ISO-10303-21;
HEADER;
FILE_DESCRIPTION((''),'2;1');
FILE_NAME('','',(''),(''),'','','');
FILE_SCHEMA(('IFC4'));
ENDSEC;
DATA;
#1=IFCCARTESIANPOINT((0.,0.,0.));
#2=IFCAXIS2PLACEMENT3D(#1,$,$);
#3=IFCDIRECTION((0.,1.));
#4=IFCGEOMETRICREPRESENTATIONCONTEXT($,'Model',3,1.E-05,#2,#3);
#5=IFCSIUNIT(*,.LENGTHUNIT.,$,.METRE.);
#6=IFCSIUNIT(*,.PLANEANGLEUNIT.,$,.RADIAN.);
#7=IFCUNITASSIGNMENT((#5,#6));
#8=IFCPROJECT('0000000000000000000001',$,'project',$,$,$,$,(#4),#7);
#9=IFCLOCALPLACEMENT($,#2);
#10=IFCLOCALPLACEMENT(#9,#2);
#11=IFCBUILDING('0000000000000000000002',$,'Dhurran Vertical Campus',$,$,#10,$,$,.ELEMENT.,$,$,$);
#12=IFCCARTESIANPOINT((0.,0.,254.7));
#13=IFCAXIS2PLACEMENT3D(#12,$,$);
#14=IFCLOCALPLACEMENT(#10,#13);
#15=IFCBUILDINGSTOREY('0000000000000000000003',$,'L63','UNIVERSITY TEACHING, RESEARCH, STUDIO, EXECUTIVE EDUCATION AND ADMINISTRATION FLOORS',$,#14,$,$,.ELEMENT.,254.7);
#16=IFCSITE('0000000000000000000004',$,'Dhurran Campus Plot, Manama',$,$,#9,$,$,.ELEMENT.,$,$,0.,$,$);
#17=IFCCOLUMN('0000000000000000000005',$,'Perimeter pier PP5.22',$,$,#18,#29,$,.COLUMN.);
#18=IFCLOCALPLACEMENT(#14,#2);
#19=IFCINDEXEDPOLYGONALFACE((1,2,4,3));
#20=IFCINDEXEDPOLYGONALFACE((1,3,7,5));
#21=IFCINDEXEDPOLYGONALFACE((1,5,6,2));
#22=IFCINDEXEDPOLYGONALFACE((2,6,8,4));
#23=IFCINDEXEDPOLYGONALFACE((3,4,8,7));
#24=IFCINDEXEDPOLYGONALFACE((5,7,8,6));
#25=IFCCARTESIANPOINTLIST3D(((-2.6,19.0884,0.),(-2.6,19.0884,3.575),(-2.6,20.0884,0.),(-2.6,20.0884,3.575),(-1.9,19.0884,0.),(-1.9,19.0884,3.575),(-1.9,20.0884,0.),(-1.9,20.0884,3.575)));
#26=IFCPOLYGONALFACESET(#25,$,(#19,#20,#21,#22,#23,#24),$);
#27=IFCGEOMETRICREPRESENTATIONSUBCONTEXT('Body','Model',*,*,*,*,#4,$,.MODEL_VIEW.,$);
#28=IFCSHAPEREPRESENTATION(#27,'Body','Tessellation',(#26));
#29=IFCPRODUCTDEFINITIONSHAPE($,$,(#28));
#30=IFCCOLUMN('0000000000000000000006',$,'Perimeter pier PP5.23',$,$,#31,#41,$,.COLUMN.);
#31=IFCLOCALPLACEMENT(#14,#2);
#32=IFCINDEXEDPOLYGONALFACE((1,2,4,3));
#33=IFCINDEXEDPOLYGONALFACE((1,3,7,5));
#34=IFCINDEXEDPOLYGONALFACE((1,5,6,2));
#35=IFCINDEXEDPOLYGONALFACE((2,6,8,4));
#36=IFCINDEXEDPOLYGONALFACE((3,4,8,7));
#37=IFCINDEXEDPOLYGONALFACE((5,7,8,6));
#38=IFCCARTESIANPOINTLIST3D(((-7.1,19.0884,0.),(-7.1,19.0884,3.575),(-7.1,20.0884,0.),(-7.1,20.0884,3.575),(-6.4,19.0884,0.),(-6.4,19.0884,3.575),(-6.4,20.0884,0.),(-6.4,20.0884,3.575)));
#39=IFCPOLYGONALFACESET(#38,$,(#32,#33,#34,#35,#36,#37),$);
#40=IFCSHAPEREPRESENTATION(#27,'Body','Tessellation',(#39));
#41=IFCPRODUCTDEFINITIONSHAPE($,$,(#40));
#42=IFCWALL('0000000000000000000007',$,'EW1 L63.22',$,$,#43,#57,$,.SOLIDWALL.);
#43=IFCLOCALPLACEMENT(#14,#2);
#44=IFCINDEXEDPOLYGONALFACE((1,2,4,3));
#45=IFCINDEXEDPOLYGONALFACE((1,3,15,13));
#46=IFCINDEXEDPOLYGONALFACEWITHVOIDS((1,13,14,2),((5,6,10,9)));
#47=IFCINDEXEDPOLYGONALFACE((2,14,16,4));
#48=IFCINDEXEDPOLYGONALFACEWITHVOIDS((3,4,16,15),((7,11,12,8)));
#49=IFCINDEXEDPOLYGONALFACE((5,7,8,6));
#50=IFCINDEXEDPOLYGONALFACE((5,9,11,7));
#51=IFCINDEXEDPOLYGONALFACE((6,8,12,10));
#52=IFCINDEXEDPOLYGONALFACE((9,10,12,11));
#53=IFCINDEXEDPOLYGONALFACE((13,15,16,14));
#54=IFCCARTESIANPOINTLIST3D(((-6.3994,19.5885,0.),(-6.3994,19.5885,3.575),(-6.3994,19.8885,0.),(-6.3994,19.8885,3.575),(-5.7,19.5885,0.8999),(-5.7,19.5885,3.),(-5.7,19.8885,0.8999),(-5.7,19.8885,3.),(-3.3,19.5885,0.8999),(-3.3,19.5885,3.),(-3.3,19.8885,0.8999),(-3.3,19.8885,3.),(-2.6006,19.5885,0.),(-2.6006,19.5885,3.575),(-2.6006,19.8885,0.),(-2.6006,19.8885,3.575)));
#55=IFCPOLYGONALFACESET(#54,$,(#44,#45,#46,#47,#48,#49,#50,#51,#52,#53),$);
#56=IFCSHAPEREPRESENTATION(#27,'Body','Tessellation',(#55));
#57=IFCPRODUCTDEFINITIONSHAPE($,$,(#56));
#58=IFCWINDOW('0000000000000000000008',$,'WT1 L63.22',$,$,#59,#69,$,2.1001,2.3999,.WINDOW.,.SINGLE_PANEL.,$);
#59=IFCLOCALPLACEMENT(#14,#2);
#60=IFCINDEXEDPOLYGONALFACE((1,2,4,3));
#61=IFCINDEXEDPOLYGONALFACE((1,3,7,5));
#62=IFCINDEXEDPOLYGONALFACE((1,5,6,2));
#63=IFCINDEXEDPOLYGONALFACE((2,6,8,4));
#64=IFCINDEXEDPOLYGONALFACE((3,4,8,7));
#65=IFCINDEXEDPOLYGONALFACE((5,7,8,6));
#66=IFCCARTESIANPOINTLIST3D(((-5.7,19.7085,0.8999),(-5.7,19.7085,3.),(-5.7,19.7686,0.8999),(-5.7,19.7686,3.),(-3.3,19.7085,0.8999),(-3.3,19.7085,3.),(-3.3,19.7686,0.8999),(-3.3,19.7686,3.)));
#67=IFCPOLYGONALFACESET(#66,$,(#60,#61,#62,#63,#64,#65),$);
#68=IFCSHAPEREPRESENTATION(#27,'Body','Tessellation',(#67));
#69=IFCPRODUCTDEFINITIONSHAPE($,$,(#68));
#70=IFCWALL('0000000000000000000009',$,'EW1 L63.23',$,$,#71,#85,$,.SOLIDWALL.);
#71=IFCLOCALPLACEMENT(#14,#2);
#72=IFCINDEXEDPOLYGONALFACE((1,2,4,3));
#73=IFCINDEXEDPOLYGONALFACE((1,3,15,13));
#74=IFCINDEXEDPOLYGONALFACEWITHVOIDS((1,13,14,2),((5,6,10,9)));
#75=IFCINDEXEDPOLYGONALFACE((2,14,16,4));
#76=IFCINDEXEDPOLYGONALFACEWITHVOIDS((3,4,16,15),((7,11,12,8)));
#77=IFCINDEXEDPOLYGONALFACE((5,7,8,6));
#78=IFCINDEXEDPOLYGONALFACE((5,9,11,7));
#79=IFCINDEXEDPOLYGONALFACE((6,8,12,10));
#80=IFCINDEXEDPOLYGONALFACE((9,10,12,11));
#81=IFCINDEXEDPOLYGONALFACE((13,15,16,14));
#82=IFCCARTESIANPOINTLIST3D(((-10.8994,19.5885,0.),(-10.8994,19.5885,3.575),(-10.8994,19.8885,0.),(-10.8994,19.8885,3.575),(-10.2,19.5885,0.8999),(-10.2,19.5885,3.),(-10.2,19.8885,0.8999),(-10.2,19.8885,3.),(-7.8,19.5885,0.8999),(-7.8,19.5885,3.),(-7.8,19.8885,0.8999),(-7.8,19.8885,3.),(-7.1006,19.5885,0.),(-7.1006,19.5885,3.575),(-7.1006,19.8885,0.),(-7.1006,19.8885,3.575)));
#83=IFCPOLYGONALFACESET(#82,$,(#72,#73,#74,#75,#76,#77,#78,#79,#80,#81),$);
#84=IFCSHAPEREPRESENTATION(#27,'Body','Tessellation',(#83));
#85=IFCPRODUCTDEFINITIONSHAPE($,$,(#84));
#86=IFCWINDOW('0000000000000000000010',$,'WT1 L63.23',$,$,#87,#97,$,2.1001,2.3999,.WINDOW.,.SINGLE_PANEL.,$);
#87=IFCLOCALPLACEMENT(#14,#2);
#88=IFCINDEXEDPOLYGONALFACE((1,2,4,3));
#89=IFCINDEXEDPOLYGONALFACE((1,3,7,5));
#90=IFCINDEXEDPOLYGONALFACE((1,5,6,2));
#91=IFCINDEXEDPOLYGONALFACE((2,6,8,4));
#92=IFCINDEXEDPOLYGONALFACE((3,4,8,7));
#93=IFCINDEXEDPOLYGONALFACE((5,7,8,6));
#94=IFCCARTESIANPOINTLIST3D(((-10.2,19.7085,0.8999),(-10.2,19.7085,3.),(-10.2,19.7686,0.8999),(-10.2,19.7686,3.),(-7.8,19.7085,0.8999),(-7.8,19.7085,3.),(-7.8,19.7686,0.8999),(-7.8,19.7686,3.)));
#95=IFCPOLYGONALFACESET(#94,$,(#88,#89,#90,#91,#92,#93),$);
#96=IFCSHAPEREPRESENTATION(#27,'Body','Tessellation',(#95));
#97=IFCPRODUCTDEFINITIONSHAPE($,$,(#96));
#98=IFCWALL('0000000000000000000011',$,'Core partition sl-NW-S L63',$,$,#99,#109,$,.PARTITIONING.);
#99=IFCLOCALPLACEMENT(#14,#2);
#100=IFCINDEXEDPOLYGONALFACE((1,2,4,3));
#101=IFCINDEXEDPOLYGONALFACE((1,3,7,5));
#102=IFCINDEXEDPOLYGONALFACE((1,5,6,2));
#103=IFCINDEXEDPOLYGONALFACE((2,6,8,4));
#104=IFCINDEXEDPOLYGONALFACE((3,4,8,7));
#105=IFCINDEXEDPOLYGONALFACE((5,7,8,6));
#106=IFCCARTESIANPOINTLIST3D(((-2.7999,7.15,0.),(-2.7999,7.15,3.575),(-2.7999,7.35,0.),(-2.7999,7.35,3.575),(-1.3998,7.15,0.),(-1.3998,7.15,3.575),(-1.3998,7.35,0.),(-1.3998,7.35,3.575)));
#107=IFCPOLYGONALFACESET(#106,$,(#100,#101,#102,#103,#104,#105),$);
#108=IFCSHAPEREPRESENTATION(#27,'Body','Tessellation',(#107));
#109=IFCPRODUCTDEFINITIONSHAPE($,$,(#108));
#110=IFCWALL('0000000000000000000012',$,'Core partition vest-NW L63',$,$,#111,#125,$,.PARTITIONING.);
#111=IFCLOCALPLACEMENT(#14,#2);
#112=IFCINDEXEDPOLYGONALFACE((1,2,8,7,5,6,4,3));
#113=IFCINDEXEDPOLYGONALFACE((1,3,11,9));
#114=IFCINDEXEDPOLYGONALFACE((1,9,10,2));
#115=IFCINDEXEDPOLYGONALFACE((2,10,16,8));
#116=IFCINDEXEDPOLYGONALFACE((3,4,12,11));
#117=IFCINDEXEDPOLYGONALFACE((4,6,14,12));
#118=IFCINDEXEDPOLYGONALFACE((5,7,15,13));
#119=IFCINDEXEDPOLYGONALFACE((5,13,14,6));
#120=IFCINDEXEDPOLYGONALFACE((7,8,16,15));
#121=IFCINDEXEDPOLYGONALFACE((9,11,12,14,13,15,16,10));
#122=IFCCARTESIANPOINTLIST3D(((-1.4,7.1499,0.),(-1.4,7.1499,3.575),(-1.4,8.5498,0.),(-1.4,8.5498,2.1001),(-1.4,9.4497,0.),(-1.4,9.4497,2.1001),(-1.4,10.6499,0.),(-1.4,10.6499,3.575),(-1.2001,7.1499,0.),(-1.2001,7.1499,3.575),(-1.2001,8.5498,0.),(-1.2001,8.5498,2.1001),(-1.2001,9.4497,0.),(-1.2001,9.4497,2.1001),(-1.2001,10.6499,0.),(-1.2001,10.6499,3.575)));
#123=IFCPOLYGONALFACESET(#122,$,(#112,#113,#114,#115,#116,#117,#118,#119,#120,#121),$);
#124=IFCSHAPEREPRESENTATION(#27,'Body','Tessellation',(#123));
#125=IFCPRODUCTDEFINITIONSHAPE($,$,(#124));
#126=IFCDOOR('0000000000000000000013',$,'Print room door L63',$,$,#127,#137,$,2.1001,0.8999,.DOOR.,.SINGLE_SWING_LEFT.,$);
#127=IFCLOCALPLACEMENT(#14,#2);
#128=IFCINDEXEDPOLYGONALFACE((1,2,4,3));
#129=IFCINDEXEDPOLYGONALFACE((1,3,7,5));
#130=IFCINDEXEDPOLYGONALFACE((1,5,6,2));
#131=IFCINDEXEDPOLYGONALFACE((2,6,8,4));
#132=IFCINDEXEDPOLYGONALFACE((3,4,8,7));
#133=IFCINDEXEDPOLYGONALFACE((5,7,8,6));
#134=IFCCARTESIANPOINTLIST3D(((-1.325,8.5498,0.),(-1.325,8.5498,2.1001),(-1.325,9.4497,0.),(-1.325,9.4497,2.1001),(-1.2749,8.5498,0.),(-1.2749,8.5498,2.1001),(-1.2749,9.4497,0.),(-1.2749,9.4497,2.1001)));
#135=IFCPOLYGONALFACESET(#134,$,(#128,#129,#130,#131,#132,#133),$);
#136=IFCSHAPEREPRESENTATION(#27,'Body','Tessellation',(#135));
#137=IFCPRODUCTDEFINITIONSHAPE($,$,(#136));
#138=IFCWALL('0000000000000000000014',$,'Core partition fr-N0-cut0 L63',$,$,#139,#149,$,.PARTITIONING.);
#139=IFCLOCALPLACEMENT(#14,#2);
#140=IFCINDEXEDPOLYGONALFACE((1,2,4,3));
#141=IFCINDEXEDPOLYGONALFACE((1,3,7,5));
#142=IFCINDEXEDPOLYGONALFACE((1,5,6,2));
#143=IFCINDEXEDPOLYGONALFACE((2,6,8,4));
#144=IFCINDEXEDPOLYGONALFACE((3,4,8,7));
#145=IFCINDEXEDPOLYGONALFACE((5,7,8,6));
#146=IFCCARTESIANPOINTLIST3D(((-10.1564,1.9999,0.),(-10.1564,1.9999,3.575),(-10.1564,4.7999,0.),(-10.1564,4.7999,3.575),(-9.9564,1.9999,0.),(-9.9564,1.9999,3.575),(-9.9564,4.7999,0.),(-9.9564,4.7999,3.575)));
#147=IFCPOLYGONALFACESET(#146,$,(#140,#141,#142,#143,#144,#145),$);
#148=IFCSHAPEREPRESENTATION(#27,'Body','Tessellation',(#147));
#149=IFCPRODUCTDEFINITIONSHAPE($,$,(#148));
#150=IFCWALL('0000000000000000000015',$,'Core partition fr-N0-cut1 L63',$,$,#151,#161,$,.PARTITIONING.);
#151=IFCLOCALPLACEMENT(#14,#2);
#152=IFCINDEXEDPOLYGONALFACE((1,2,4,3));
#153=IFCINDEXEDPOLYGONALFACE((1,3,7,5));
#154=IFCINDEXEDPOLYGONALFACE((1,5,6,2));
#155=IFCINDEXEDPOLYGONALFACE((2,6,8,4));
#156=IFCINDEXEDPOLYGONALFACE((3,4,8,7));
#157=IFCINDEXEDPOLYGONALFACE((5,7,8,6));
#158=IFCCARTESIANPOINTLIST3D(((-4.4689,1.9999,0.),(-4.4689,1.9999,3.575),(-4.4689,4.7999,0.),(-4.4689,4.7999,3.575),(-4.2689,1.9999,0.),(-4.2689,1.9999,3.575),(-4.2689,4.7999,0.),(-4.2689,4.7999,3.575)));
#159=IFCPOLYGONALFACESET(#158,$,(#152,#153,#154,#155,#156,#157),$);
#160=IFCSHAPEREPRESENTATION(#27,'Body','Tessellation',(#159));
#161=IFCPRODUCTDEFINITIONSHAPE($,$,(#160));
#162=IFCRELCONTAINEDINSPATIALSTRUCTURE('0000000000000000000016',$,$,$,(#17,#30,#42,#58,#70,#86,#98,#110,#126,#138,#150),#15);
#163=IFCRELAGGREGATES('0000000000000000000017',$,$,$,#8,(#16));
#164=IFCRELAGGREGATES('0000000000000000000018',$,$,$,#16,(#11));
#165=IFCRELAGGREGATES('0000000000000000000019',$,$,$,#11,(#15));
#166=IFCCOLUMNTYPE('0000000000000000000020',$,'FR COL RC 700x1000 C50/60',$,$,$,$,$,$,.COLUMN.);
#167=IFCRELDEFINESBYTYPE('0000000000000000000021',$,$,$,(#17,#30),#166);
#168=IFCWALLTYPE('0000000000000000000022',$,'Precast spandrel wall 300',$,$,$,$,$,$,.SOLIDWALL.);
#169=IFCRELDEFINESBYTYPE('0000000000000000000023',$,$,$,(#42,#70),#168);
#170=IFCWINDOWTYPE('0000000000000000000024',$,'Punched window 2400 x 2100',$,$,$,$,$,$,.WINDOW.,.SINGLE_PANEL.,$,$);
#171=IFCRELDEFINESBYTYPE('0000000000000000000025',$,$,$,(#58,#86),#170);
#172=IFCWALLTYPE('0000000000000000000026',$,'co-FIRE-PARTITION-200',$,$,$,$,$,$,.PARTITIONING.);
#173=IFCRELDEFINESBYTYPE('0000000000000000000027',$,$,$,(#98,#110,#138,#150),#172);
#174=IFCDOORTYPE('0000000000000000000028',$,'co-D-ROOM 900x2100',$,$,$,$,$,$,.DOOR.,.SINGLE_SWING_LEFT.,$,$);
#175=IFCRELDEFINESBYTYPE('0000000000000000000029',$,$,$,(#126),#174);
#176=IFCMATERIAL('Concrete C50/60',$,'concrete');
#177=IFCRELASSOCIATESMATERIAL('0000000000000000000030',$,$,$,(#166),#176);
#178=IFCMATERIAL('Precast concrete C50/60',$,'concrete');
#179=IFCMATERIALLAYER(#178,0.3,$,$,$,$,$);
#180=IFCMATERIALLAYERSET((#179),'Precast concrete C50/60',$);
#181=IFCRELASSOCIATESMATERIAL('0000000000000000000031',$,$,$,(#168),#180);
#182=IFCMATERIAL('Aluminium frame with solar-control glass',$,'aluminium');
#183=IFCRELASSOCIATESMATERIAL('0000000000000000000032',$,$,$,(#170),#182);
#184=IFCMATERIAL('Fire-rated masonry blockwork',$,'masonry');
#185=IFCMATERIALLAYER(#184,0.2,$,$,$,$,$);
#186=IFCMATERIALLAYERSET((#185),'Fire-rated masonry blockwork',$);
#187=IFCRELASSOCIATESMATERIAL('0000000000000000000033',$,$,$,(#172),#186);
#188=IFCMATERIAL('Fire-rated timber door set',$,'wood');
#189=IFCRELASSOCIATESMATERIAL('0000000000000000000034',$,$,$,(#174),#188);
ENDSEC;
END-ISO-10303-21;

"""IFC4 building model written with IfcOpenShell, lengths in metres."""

from ifc_helpers import new_model, si_unit, direction, frame, frame_2d, origin, origin_2d, place, context, subcontext, project, spatial, rectangle, extrude, material, layer, layer_set, material_profile, profile_set, type_object, element, fill, save


model = new_model("IFC4")

# Units and contexts
model_context = context("Model", 3, precision=1e-05, world=origin(), true_north=direction((0.0, 1.0)))
body_context = subcontext(model_context, "Body", "Model", "MODEL_VIEW")
ifc_project = project(units=[si_unit("LENGTHUNIT", "METRE"), si_unit("PLANEANGLEUNIT", "RADIAN")], contexts=[model_context])

# Site, building, storey
site_placement = place(None, origin())
site = spatial("IfcSite", under=ifc_project, at=site_placement, Name="Dhurran Campus Plot, Manama", CompositionType="ELEMENT", RefElevation=0.0)
building_placement = place(site_placement, origin())
building = spatial("IfcBuilding", under=site, at=building_placement, Name="Dhurran Vertical Campus", CompositionType="ELEMENT")
storey_placement = place(building_placement, frame((0.0, 0.0, 254.7)))
storey = spatial("IfcBuildingStorey", under=building, at=storey_placement, Name="L63", Description="UNIVERSITY TEACHING, RESEARCH, STUDIO, EXECUTIVE EDUCATION AND ADMINISTRATION FLOORS", CompositionType="ELEMENT", Elevation=254.7)

# Columns
ifc_material_1 = material(Name="Concrete C50/60", Category="concrete")
ifc_material_profile = material_profile(ifc_material_1, rectangle(XDim=0.7, YDim=1.0, at=origin_2d()), Name="RC 700x1000")
ifc_profile_set = profile_set([ifc_material_profile], Name="Concrete C50/60")
column_type = type_object("IfcColumnType", Name="FR COL RC 700x1000 C50/60", PredefinedType="COLUMN", material=ifc_profile_set)
for number, where, z_axis, x_axis, name in (
    (1, (-2.25, 19.5884, 0.0), (0.0, 0.0, 1.0), (-1.0, 0.0, 0.0), "Perimeter pier PP5.22"),
    (2, (-6.75, 19.5884, 0.0), (0.0, 0.0, 1.0), (-1.0, 0.0, 0.0), "Perimeter pier PP5.23"),
):
    element("IfcColumn", number, at=place(storey_placement, frame(where, z_axis=z_axis, x_axis=x_axis)), inside=storey, type_object=column_type, Name=name, PredefinedType="COLUMN", context=body_context, shape_type="SweptSolid", body=[
        extrude(rectangle(XDim=0.7, YDim=1.0, at=origin_2d()), origin(), (0.0, 0.0, 1.0), 3.575),
    ])

# Walls, openings, windows
ifc_material_2 = material(Name="Precast concrete C50/60", Category="concrete")
ifc_layer_1 = layer(ifc_material_2, 0.3)
ifc_layer_set_1 = layer_set([ifc_layer_1], Name="Precast concrete C50/60")
wall_type_1 = type_object("IfcWallType", Name="Precast spandrel wall 300", PredefinedType="SOLIDWALL", material=ifc_layer_set_1)
wall_1_placement = place(storey_placement, frame((-2.6006, 19.7385, 0.0), z_axis=(0.0, 0.0, 1.0), x_axis=(-1.0, 0.0, 0.0)))
wall_1 = element("IfcWall", 3, at=wall_1_placement, inside=storey, type_object=wall_type_1, Name="EW1 L63.22", PredefinedType="SOLIDWALL", context=body_context, shape_type="SweptSolid", body=[
    extrude(rectangle(XDim=3.7988, YDim=0.3, at=frame_2d((1.8994, 0.0))), origin(), (0.0, 0.0, 1.0), 3.575),
])
opening_1_placement = place(wall_1_placement, frame((0.6995, 0.0, 0.8999)))
opening_1 = element("IfcOpeningElement", 4, at=opening_1_placement, cuts=wall_1, PredefinedType="OPENING", context=body_context, shape_type="SweptSolid", body=[
    extrude(rectangle(XDim=2.3999, YDim=2.1001, at=frame_2d((1.2, 1.05))), frame((0.0, 0.1599, 0.0), z_axis=(0.0, -1.0, 0.0), x_axis=(1.0, 0.0, 0.0)), (0.0, 0.0, 1.0), 0.3201),
])
ifc_material_3 = material(Name="Aluminium frame with solar-control glass", Category="aluminium")
window_type = type_object("IfcWindowType", Name="Punched window 2400 x 2100", PartitioningType="SINGLE_PANEL", PredefinedType="WINDOW", material=ifc_material_3)
window_1_placement = place(opening_1_placement, origin())
window_1 = element("IfcWindow", 5, at=window_1_placement, inside=storey, type_object=window_type, Name="WT1 L63.22", OverallHeight=2.1001, OverallWidth=2.3999, PartitioningType="SINGLE_PANEL", PredefinedType="WINDOW", context=body_context, shape_type="SweptSolid", body=[
    extrude(rectangle(XDim=2.3999, YDim=2.1001, at=frame_2d((1.2, 1.05))), frame((0.0, 0.03, 0.0), z_axis=(0.0, -1.0, 0.0), x_axis=(1.0, 0.0, 0.0)), (0.0, 0.0, 1.0), 0.0601),
])
fill(opening_1, window_1)
wall_2_placement = place(storey_placement, frame((-7.1006, 19.7385, 0.0), z_axis=(0.0, 0.0, 1.0), x_axis=(-1.0, 0.0, 0.0)))
wall_2 = element("IfcWall", 6, at=wall_2_placement, inside=storey, type_object=wall_type_1, Name="EW1 L63.23", PredefinedType="SOLIDWALL", context=body_context, shape_type="SweptSolid", body=[
    extrude(rectangle(XDim=3.7988, YDim=0.3, at=frame_2d((1.8994, 0.0))), origin(), (0.0, 0.0, 1.0), 3.575),
])
opening_2_placement = place(wall_2_placement, frame((0.6995, 0.0, 0.8999)))
opening_2 = element("IfcOpeningElement", 7, at=opening_2_placement, cuts=wall_2, PredefinedType="OPENING", context=body_context, shape_type="SweptSolid", body=[
    extrude(rectangle(XDim=2.3999, YDim=2.1001, at=frame_2d((1.2, 1.05))), frame((0.0, 0.1599, 0.0), z_axis=(0.0, -1.0, 0.0), x_axis=(1.0, 0.0, 0.0)), (0.0, 0.0, 1.0), 0.3201),
])
window_2_placement = place(opening_2_placement, origin())
window_2 = element("IfcWindow", 8, at=window_2_placement, inside=storey, type_object=window_type, Name="WT1 L63.23", OverallHeight=2.1001, OverallWidth=2.3999, PartitioningType="SINGLE_PANEL", PredefinedType="WINDOW", context=body_context, shape_type="SweptSolid", body=[
    extrude(rectangle(XDim=2.3999, YDim=2.1001, at=frame_2d((1.2, 1.05))), frame((0.0, 0.03, 0.0), z_axis=(0.0, -1.0, 0.0), x_axis=(1.0, 0.0, 0.0)), (0.0, 0.0, 1.0), 0.0601),
])
fill(opening_2, window_2)

# Wall
ifc_material_4 = material(Name="Fire-rated masonry blockwork", Category="masonry")
ifc_layer_2 = layer(ifc_material_4, 0.2)
ifc_layer_set_2 = layer_set([ifc_layer_2], Name="Fire-rated masonry blockwork")
wall_type_2 = type_object("IfcWallType", Name="co-FIRE-PARTITION-200", PredefinedType="PARTITIONING", material=ifc_layer_set_2)
wall_3_placement = place(storey_placement, frame((-2.8, 7.25, 0.0), z_axis=(0.0, 0.0, 1.0), x_axis=(1.0, 0.0, 0.0)))
element("IfcWall", 9, at=wall_3_placement, inside=storey, type_object=wall_type_2, Name="Core partition sl-NW-S L63", PredefinedType="PARTITIONING", context=body_context, shape_type="SweptSolid", body=[
    extrude(rectangle(XDim=1.4001, YDim=0.2, at=frame_2d((0.7002, 0.0))), origin(), (0.0, 0.0, 1.0), 3.575),
])

# Wall, opening, door
wall_4_placement = place(storey_placement, frame((-1.3, 7.1499, 0.0), z_axis=(0.0, 0.0, 1.0), x_axis=(0.0, 1.0, 0.0)))
wall_4 = element("IfcWall", 10, at=wall_4_placement, inside=storey, type_object=wall_type_2, Name="Core partition vest-NW L63", PredefinedType="PARTITIONING", context=body_context, shape_type="SweptSolid", body=[
    extrude(rectangle(XDim=3.5, YDim=0.2, at=frame_2d((1.75, 0.0))), origin(), (0.0, 0.0, 1.0), 3.575),
])
opening_3_placement = place(wall_4_placement, frame((1.3999, 0.0, 0.0)))
opening_3 = element("IfcOpeningElement", 11, at=opening_3_placement, cuts=wall_4, PredefinedType="OPENING", context=body_context, shape_type="SweptSolid", body=[
    extrude(rectangle(XDim=0.8999, YDim=2.1001, at=frame_2d((0.45, 1.05))), frame((0.0, 0.1099, 0.0), z_axis=(0.0, -1.0, 0.0), x_axis=(1.0, 0.0, 0.0)), (0.0, 0.0, 1.0), 0.22),
])
ifc_material_5 = material(Name="Fire-rated timber door set", Category="wood")
door_type_1 = type_object("IfcDoorType", Name="co-D-ROOM 900x2100", OperationType="SINGLE_SWING_LEFT", PredefinedType="DOOR", material=ifc_material_5)
door_1_placement = place(opening_3_placement, origin())
door_1 = element("IfcDoor", 12, at=door_1_placement, inside=storey, type_object=door_type_1, Name="Print room door L63", OperationType="SINGLE_SWING_LEFT", OverallHeight=2.1001, OverallWidth=0.8999, PredefinedType="DOOR", context=body_context, shape_type="SweptSolid", body=[
    extrude(rectangle(XDim=0.8999, YDim=2.1001, at=frame_2d((0.45, 1.05))), frame((0.0, 0.0249, 0.0), z_axis=(0.0, -1.0, 0.0), x_axis=(1.0, 0.0, 0.0)), (0.0, 0.0, 1.0), 0.05),
])
fill(opening_3, door_1)

# Walls
for number, where, z_axis, x_axis, name in (
    (13, (-10.0564, 2.0, 0.0), (0.0, 0.0, 1.0), (0.0, 1.0, 0.0), "Core partition fr-N0-cut0 L63"),
    (14, (-4.3689, 2.0, 0.0), (0.0, 0.0, 1.0), (0.0, 1.0, 0.0), "Core partition fr-N0-cut1 L63"),
):
    element("IfcWall", number, at=place(storey_placement, frame(where, z_axis=z_axis, x_axis=x_axis)), inside=storey, type_object=wall_type_2, Name=name, PredefinedType="PARTITIONING", context=body_context, shape_type="SweptSolid", body=[
        extrude(rectangle(XDim=2.8, YDim=0.2, at=frame_2d((1.3999, 0.0))), origin(), (0.0, 0.0, 1.0), 3.575),
    ])

save(model, "model.ifc")
